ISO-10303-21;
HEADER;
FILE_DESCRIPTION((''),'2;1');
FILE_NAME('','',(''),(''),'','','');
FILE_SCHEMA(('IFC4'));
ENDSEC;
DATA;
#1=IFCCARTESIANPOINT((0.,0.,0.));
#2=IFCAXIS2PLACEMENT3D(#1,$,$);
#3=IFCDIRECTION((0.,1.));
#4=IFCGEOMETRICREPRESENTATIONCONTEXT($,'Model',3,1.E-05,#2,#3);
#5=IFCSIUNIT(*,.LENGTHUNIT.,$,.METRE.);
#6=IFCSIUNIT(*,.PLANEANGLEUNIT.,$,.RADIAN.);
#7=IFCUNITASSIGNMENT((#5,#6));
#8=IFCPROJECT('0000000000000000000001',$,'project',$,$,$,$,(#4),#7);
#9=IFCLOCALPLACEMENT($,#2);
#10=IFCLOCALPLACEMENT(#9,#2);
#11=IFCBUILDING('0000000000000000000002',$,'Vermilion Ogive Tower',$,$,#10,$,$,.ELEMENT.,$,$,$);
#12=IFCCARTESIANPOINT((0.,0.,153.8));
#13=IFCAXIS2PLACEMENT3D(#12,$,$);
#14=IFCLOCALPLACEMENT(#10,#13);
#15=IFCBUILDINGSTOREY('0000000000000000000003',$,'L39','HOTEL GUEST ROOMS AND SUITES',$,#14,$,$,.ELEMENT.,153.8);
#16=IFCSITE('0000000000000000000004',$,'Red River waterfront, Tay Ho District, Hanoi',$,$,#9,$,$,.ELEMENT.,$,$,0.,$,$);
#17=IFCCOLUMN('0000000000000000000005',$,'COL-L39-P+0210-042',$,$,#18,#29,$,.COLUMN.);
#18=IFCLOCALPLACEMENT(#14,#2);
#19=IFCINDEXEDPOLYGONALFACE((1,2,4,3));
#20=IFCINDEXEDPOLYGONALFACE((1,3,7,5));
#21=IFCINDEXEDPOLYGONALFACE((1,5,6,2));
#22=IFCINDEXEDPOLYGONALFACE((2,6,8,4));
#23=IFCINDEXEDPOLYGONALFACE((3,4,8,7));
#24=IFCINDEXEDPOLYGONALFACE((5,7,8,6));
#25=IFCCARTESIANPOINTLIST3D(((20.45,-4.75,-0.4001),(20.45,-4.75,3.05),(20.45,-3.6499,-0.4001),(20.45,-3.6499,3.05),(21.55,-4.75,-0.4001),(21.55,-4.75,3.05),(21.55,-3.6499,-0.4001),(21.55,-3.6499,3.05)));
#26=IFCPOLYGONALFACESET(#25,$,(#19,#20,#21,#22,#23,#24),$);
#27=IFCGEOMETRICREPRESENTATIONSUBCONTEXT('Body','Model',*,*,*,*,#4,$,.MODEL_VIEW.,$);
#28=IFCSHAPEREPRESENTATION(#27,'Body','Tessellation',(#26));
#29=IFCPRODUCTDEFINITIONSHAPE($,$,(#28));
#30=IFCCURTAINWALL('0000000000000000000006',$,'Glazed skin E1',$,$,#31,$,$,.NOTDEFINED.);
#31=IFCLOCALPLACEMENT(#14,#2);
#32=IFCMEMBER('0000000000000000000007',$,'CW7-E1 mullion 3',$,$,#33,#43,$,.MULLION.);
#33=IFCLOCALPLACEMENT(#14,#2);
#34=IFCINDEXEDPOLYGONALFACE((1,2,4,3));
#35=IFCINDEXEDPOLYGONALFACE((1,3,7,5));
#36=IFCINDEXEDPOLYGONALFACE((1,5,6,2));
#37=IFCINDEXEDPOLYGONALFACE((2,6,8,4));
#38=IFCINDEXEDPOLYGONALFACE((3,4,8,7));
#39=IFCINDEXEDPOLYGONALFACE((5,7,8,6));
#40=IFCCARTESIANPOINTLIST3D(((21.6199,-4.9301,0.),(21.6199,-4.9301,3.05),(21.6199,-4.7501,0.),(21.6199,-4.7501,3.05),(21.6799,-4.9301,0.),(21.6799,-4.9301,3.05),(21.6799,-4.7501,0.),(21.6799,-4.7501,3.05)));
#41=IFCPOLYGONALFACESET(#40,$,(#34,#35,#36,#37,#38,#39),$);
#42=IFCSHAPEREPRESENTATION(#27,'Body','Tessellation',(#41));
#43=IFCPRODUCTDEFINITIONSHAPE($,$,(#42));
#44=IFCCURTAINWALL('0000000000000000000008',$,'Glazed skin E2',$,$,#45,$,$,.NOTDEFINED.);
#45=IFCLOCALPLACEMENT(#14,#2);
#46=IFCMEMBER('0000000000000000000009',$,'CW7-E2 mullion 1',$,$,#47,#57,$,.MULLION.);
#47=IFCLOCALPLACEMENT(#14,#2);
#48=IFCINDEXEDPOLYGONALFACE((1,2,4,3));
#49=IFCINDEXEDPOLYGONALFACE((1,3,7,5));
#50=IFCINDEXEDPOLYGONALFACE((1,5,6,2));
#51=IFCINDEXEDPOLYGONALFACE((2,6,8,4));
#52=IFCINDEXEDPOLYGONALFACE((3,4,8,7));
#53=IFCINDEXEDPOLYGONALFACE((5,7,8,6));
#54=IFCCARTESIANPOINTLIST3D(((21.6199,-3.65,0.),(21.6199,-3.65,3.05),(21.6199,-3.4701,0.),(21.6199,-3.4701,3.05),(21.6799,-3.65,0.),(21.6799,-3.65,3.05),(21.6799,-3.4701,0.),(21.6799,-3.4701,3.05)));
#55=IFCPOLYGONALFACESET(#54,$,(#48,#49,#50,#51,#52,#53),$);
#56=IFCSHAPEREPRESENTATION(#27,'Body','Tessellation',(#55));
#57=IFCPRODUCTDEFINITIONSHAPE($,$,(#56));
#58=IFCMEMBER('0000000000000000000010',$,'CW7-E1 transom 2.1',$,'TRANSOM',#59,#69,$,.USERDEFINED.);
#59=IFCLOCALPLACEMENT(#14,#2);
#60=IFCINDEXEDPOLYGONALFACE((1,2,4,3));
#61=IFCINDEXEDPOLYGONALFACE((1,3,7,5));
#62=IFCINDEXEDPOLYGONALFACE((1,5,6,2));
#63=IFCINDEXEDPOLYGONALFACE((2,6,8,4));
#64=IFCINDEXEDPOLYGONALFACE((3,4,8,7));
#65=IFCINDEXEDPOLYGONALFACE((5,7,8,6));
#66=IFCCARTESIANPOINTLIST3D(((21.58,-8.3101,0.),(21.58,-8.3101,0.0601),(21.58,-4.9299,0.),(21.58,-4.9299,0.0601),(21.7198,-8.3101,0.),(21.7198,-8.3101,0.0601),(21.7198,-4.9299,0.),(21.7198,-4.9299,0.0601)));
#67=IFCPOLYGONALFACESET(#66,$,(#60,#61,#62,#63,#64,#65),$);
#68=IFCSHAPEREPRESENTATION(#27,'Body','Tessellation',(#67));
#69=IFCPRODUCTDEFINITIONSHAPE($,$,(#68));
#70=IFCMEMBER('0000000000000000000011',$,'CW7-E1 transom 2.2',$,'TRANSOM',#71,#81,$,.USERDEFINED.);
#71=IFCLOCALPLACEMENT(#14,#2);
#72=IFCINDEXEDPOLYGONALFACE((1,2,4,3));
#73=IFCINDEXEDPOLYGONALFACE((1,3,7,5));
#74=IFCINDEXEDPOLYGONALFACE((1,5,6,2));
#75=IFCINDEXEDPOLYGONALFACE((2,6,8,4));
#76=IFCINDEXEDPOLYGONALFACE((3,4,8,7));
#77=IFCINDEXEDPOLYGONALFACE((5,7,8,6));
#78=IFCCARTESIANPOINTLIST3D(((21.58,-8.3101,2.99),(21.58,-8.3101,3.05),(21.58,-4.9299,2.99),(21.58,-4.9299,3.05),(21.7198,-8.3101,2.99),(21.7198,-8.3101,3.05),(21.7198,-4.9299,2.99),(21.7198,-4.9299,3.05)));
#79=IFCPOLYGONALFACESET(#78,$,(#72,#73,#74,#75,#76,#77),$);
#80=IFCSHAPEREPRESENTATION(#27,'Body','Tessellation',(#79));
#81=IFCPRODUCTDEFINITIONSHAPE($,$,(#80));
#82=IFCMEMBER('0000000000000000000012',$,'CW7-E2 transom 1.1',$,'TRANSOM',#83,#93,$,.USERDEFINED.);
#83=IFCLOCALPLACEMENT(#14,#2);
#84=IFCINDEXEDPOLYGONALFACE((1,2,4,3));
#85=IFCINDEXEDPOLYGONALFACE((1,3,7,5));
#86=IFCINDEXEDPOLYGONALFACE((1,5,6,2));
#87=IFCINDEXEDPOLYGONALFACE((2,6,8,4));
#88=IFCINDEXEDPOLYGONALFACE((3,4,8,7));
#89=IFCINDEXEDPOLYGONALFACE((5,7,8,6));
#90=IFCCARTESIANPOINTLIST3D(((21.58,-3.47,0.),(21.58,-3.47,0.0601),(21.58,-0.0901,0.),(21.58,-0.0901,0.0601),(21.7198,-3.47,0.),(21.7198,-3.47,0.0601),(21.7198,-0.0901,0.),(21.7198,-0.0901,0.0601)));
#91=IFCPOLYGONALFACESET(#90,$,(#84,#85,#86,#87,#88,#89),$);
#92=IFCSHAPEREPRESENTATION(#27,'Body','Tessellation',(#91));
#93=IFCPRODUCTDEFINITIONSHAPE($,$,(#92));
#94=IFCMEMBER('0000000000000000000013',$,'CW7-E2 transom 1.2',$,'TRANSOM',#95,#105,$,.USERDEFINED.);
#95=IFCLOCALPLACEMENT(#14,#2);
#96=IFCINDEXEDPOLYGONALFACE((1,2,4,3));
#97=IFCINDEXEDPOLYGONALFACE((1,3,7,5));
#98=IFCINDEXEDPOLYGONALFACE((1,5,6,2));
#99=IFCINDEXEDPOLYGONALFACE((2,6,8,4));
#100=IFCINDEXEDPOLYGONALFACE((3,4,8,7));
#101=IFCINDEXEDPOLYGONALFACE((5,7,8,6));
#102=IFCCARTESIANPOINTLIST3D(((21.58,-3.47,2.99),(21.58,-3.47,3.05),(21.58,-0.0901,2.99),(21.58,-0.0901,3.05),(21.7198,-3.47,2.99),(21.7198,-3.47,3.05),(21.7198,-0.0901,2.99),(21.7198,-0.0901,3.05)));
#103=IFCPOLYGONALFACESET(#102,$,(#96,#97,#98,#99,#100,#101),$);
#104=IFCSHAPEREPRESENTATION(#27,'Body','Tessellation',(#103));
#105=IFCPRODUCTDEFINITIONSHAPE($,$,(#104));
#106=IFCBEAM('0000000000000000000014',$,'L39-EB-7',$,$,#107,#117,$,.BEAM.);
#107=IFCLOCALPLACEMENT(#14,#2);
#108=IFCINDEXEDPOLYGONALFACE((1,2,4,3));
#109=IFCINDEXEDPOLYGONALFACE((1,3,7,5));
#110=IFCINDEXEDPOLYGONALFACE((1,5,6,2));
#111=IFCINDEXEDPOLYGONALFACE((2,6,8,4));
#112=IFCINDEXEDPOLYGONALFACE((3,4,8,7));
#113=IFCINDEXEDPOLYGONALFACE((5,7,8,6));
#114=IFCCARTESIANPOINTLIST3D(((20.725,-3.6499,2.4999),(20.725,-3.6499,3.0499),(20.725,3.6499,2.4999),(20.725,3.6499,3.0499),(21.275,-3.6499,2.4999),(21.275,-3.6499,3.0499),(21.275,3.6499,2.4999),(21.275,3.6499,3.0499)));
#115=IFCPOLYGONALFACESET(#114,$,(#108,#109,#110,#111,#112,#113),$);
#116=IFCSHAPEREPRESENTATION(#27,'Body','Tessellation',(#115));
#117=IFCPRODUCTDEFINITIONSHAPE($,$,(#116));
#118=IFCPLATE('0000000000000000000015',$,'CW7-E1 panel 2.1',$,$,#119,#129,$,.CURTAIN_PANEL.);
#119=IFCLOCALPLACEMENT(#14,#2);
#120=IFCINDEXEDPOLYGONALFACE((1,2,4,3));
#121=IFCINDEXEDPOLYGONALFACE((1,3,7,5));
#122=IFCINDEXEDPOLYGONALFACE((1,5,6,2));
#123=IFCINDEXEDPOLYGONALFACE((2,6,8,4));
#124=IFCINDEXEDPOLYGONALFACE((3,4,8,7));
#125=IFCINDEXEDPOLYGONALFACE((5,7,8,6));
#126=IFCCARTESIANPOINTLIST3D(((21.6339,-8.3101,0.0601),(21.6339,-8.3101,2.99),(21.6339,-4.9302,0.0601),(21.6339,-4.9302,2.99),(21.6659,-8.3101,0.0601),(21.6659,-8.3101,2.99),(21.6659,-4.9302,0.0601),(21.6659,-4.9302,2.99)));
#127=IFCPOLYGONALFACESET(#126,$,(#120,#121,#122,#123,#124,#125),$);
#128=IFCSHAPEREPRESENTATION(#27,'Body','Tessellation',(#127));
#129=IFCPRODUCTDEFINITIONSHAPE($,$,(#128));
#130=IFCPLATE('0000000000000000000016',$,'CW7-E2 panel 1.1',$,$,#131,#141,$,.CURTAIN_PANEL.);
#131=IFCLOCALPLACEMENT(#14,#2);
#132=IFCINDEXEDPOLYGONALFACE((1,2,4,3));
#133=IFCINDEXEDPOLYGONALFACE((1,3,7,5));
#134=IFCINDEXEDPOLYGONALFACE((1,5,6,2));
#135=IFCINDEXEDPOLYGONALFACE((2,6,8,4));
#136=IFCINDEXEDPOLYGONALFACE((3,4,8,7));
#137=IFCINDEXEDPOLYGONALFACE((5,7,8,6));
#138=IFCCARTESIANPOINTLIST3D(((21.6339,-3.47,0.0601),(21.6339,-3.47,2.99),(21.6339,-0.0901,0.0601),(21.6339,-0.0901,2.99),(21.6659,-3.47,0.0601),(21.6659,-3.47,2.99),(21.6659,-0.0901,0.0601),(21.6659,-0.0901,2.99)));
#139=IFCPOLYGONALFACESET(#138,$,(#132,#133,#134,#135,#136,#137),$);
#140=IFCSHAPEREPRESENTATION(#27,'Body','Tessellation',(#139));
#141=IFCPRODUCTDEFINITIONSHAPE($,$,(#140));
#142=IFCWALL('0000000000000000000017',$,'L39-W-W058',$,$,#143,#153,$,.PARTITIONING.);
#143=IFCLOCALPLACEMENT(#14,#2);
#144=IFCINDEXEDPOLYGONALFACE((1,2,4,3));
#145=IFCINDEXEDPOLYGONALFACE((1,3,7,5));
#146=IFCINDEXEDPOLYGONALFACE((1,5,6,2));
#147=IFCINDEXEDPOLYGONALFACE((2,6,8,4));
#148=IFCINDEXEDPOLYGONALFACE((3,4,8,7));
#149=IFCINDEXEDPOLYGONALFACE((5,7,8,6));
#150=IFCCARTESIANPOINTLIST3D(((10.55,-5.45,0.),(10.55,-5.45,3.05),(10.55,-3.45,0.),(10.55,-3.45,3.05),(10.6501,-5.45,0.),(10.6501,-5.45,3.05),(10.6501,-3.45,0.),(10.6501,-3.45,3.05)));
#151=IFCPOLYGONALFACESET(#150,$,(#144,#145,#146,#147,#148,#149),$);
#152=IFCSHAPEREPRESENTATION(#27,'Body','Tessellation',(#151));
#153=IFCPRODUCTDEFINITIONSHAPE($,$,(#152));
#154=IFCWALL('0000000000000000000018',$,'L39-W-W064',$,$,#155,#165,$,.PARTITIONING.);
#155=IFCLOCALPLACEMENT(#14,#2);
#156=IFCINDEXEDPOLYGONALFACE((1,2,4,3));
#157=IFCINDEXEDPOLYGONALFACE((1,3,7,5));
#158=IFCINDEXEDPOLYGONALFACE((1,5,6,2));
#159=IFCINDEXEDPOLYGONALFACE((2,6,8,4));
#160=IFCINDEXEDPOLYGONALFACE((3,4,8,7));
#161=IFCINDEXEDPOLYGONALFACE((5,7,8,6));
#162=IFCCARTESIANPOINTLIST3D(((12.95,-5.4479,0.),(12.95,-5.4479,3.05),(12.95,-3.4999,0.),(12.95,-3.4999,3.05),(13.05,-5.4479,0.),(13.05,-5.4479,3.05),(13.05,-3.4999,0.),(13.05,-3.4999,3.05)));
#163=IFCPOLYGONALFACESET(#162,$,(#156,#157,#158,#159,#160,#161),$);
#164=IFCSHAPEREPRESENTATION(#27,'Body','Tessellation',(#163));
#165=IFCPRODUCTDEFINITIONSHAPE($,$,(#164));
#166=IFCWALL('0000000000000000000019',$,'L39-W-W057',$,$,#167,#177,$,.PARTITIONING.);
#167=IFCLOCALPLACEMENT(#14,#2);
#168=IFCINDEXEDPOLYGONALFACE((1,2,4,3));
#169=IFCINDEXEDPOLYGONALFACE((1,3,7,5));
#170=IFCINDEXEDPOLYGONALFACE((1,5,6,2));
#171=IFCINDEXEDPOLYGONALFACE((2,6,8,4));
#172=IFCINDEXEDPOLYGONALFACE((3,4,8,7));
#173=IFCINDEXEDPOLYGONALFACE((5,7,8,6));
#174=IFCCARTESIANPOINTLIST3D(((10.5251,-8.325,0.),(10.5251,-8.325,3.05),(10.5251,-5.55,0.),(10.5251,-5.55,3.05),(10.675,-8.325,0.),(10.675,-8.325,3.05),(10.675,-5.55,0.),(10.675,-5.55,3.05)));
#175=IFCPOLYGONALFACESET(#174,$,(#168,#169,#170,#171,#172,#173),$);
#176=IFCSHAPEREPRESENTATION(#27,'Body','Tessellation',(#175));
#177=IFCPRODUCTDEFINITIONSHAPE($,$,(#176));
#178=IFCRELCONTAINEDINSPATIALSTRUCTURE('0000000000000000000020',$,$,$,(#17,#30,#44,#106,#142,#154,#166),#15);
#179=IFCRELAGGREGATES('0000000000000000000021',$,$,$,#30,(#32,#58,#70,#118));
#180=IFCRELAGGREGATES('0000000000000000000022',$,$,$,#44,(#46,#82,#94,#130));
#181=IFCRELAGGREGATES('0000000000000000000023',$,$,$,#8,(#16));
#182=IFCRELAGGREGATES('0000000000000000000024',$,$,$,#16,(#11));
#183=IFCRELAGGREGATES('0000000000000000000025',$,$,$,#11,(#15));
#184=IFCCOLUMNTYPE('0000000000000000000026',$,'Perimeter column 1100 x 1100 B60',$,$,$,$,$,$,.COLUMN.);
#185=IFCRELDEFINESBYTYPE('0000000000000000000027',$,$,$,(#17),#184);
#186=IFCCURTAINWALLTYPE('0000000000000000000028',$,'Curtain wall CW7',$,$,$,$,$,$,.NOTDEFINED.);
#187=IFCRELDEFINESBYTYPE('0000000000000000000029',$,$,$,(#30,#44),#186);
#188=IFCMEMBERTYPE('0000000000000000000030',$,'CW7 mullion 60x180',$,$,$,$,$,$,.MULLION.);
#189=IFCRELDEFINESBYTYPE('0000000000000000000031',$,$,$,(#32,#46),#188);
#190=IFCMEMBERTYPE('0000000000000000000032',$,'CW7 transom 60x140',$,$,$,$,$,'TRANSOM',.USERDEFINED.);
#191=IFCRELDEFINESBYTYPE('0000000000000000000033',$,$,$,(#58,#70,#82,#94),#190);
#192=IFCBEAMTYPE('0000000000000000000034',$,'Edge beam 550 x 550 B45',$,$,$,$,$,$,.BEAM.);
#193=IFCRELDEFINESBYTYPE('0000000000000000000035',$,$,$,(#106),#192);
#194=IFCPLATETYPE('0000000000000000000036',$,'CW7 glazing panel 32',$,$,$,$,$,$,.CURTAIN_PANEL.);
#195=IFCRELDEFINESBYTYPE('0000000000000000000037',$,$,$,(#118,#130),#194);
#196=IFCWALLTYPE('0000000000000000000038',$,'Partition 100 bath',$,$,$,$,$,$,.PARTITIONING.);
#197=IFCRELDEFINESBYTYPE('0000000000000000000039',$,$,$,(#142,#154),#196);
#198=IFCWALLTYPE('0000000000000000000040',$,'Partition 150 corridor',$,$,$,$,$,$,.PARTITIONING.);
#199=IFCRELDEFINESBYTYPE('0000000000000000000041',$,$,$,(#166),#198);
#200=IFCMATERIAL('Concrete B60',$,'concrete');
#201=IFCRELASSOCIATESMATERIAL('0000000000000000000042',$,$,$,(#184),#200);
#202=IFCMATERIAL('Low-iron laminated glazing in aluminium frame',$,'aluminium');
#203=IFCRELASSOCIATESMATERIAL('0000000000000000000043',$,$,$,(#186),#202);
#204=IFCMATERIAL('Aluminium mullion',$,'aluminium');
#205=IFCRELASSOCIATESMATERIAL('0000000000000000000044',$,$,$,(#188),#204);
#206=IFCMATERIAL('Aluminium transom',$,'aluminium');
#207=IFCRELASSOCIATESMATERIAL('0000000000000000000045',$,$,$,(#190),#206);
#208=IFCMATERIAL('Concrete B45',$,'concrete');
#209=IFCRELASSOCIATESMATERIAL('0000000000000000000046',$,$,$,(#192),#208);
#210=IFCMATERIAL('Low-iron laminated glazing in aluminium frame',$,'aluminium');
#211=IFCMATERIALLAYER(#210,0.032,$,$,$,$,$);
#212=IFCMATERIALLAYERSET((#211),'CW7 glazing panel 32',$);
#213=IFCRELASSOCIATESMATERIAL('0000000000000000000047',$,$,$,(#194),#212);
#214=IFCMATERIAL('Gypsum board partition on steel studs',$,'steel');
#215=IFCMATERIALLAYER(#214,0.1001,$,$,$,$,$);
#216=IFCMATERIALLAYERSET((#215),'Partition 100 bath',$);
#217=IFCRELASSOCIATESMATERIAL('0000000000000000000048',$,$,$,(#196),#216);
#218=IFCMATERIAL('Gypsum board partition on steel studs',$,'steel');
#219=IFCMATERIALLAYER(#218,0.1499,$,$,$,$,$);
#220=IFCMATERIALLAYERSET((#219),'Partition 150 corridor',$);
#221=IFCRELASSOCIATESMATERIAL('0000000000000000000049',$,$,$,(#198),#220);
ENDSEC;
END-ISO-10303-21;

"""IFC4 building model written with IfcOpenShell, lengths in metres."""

from ifc_helpers import new_model, si_unit, direction, frame, frame_2d, origin, origin_2d, place, context, subcontext, project, spatial, rectangle, extrude, material, layer, layer_set, material_profile, profile_set, type_object, element, aggregate, save


model = new_model("IFC4")

# Units and contexts
model_context = context("Model", 3, precision=1e-05, world=origin(), true_north=direction((0.0, 1.0)))
body_context = subcontext(model_context, "Body", "Model", "MODEL_VIEW")
ifc_project = project(units=[si_unit("LENGTHUNIT", "METRE"), si_unit("PLANEANGLEUNIT", "RADIAN")], contexts=[model_context])

# Site, building, storey
site_placement = place(None, origin())
site = spatial("IfcSite", under=ifc_project, at=site_placement, Name="Red River waterfront, Tay Ho District, Hanoi", CompositionType="ELEMENT", RefElevation=0.0)
building_placement = place(site_placement, origin())
building = spatial("IfcBuilding", under=site, at=building_placement, Name="Vermilion Ogive Tower", CompositionType="ELEMENT")
storey_placement = place(building_placement, frame((0.0, 0.0, 153.8)))
storey = spatial("IfcBuildingStorey", under=building, at=storey_placement, Name="L39", Description="HOTEL GUEST ROOMS AND SUITES", CompositionType="ELEMENT", Elevation=153.8)

# Column
ifc_material_1 = material(Name="Concrete B60", Category="concrete")
ifc_material_profile_1 = material_profile(ifc_material_1, rectangle(XDim=1.1001, YDim=1.1001, at=origin_2d()), Name="1100 x 1100")
ifc_profile_set_1 = profile_set([ifc_material_profile_1], Name="Concrete B60")
column_type = type_object("IfcColumnType", Name="Perimeter column 1100 x 1100 B60", PredefinedType="COLUMN", material=ifc_profile_set_1)
column_placement = place(storey_placement, frame((21.0, -4.2, -0.4001), z_axis=(0.0, 0.0, 1.0), x_axis=(1.0, 0.0, 0.0)))
element("IfcColumn", 1, at=column_placement, inside=storey, type_object=column_type, Name="COL-L39-P+0210-042", PredefinedType="COLUMN", context=body_context, shape_type="SweptSolid", body=[
    extrude(rectangle(XDim=1.1001, YDim=1.1001, at=origin_2d()), origin(), (0.0, 0.0, 1.0), 3.4502),
])

# Curtain walls, members
ifc_material_2 = material(Name="Low-iron laminated glazing in aluminium frame", Category="aluminium")
curtain_wall_type = type_object("IfcCurtainWallType", Name="Curtain wall CW7", PredefinedType="NOTDEFINED", material=ifc_material_2)
curtain_wall_1_placement = place(storey_placement, origin())
curtain_wall_1 = element("IfcCurtainWall", 2, at=curtain_wall_1_placement, inside=storey, type_object=curtain_wall_type, Name="Glazed skin E1", PredefinedType="NOTDEFINED")
ifc_material_3 = material(Name="Aluminium mullion", Category="aluminium")
ifc_material_profile_2 = material_profile(ifc_material_3, rectangle(XDim=0.0601, YDim=0.1799, at=origin_2d()), Name="AL 60x180")
ifc_profile_set_2 = profile_set([ifc_material_profile_2], Name="Aluminium mullion")
member_type_1 = type_object("IfcMemberType", Name="CW7 mullion 60x180", PredefinedType="MULLION", material=ifc_profile_set_2)
member_1_placement = place(storey_placement, frame((21.6499, -4.8401, 0.0), z_axis=(0.0, 0.0, 1.0), x_axis=(-1.0, 0.0, 0.0)))
member_1 = element("IfcMember", 3, at=member_1_placement, type_object=member_type_1, Name="CW7-E1 mullion 3", PredefinedType="MULLION", context=body_context, shape_type="SweptSolid", body=[
    extrude(rectangle(XDim=0.0601, YDim=0.1799, at=origin_2d()), origin(), (0.0, 0.0, 1.0), 3.05),
])
curtain_wall_2_placement = place(storey_placement, origin())
curtain_wall_2 = element("IfcCurtainWall", 4, at=curtain_wall_2_placement, inside=storey, type_object=curtain_wall_type, Name="Glazed skin E2", PredefinedType="NOTDEFINED")
member_2_placement = place(storey_placement, frame((21.6499, -3.5601, 0.0), z_axis=(0.0, 0.0, 1.0), x_axis=(-1.0, 0.0, 0.0)))
member_2 = element("IfcMember", 5, at=member_2_placement, type_object=member_type_1, Name="CW7-E2 mullion 1", PredefinedType="MULLION", context=body_context, shape_type="SweptSolid", body=[
    extrude(rectangle(XDim=0.0601, YDim=0.1799, at=origin_2d()), origin(), (0.0, 0.0, 1.0), 3.05),
])

# Members
ifc_material_4 = material(Name="Aluminium transom", Category="aluminium")
ifc_material_profile_3 = material_profile(ifc_material_4, rectangle(XDim=0.1399, YDim=0.0601, at=origin_2d()), Name="AL 60x140")
ifc_profile_set_3 = profile_set([ifc_material_profile_3], Name="Aluminium transom")
member_type_2 = type_object("IfcMemberType", Name="CW7 transom 60x140", ElementType="TRANSOM", PredefinedType="USERDEFINED", material=ifc_profile_set_3)
member_3_placement = place(storey_placement, frame((21.6499, -8.3101, 0.03), z_axis=(0.0, 1.0, 0.0), x_axis=(-1.0, 0.0, 0.0)))
member_3 = element("IfcMember", 6, at=member_3_placement, type_object=member_type_2, Name="CW7-E1 transom 2.1", ObjectType="TRANSOM", PredefinedType="USERDEFINED", context=body_context, shape_type="SweptSolid", body=[
    extrude(rectangle(XDim=0.1399, YDim=0.0601, at=origin_2d()), origin(), (0.0, 0.0, 1.0), 3.3801),
])
member_4_placement = place(storey_placement, frame((21.6499, -8.3101, 3.02), z_axis=(0.0, 1.0, 0.0), x_axis=(-1.0, 0.0, 0.0)))
member_4 = element("IfcMember", 7, at=member_4_placement, type_object=member_type_2, Name="CW7-E1 transom 2.2", ObjectType="TRANSOM", PredefinedType="USERDEFINED", context=body_context, shape_type="SweptSolid", body=[
    extrude(rectangle(XDim=0.1399, YDim=0.0601, at=origin_2d()), origin(), (0.0, 0.0, 1.0), 3.3801),
])
member_5_placement = place(storey_placement, frame((21.6499, -3.47, 0.03), z_axis=(0.0, 1.0, 0.0), x_axis=(-1.0, 0.0, 0.0)))
member_5 = element("IfcMember", 8, at=member_5_placement, type_object=member_type_2, Name="CW7-E2 transom 1.1", ObjectType="TRANSOM", PredefinedType="USERDEFINED", context=body_context, shape_type="SweptSolid", body=[
    extrude(rectangle(XDim=0.1399, YDim=0.0601, at=origin_2d()), origin(), (0.0, 0.0, 1.0), 3.3799),
])
member_6_placement = place(storey_placement, frame((21.6499, -3.47, 3.02), z_axis=(0.0, 1.0, 0.0), x_axis=(-1.0, 0.0, 0.0)))
member_6 = element("IfcMember", 9, at=member_6_placement, type_object=member_type_2, Name="CW7-E2 transom 1.2", ObjectType="TRANSOM", PredefinedType="USERDEFINED", context=body_context, shape_type="SweptSolid", body=[
    extrude(rectangle(XDim=0.1399, YDim=0.0601, at=origin_2d()), origin(), (0.0, 0.0, 1.0), 3.3799),
])

# Beam
ifc_material_5 = material(Name="Concrete B45", Category="concrete")
ifc_material_profile_4 = material_profile(ifc_material_5, rectangle(XDim=0.55, YDim=0.55, at=origin_2d()), Name="550 x 550")
ifc_profile_set_4 = profile_set([ifc_material_profile_4], Name="Concrete B45")
beam_type = type_object("IfcBeamType", Name="Edge beam 550 x 550 B45", PredefinedType="BEAM", material=ifc_profile_set_4)
beam_placement = place(storey_placement, frame((21.0, -3.6499, 2.7749), z_axis=(0.0, 1.0, 0.0), x_axis=(-1.0, 0.0, 0.0)))
element("IfcBeam", 10, at=beam_placement, inside=storey, type_object=beam_type, Name="L39-EB-7", PredefinedType="BEAM", context=body_context, shape_type="SweptSolid", body=[
    extrude(rectangle(XDim=0.55, YDim=0.55, at=origin_2d()), origin(), (0.0, 0.0, 1.0), 7.2998),
])

# Plates
ifc_material_6 = material(Name="Low-iron laminated glazing in aluminium frame", Category="aluminium")
ifc_layer_1 = layer(ifc_material_6, 0.032)
ifc_layer_set_1 = layer_set([ifc_layer_1], Name="CW7 glazing panel 32")
plate_type = type_object("IfcPlateType", Name="CW7 glazing panel 32", PredefinedType="CURTAIN_PANEL", material=ifc_layer_set_1)
plate_1_placement = place(storey_placement, frame((21.6499, -6.6201, 0.0601), z_axis=(0.0, 0.0, 1.0), x_axis=(0.0, 1.0, 0.0)))
plate_1 = element("IfcPlate", 11, at=plate_1_placement, type_object=plate_type, Name="CW7-E1 panel 2.1", PredefinedType="CURTAIN_PANEL", context=body_context, shape_type="SweptSolid", body=[
    extrude(rectangle(XDim=3.3799, YDim=0.032, at=origin_2d()), origin(), (0.0, 0.0, 1.0), 2.9299),
])
aggregate(curtain_wall_1, [member_1, member_3, member_4, plate_1])
plate_2_placement = place(storey_placement, frame((21.6499, -1.78, 0.0601), z_axis=(0.0, 0.0, 1.0), x_axis=(0.0, 1.0, 0.0)))
plate_2 = element("IfcPlate", 12, at=plate_2_placement, type_object=plate_type, Name="CW7-E2 panel 1.1", PredefinedType="CURTAIN_PANEL", context=body_context, shape_type="SweptSolid", body=[
    extrude(rectangle(XDim=3.3799, YDim=0.032, at=origin_2d()), origin(), (0.0, 0.0, 1.0), 2.9299),
])
aggregate(curtain_wall_2, [member_2, member_5, member_6, plate_2])

# Walls
ifc_material_7 = material(Name="Gypsum board partition on steel studs", Category="steel")
ifc_layer_2 = layer(ifc_material_7, 0.1001)
ifc_layer_set_2 = layer_set([ifc_layer_2], Name="Partition 100 bath")
wall_type_1 = type_object("IfcWallType", Name="Partition 100 bath", PredefinedType="PARTITIONING", material=ifc_layer_set_2)
wall_1_placement = place(storey_placement, frame((10.6001, -5.45, 0.0), z_axis=(0.0, 0.0, 1.0), x_axis=(0.0, 1.0, 0.0)))
element("IfcWall", 13, at=wall_1_placement, inside=storey, type_object=wall_type_1, Name="L39-W-W058", PredefinedType="PARTITIONING", context=body_context, shape_type="SweptSolid", body=[
    extrude(rectangle(XDim=2.0, YDim=0.1001, at=frame_2d((1.0, 0.0))), origin(), (0.0, 0.0, 1.0), 3.05),
])
wall_2_placement = place(storey_placement, frame((13.0, -5.448, 0.0), z_axis=(0.0, 0.0, 1.0), x_axis=(0.0, 1.0, 0.0)))
element("IfcWall", 14, at=wall_2_placement, inside=storey, type_object=wall_type_1, Name="L39-W-W064", PredefinedType="PARTITIONING", context=body_context, shape_type="SweptSolid", body=[
    extrude(rectangle(XDim=1.948, YDim=0.1001, at=frame_2d((0.9741, 0.0))), origin(), (0.0, 0.0, 1.0), 3.05),
])
ifc_material_8 = material(Name="Gypsum board partition on steel studs", Category="steel")
ifc_layer_3 = layer(ifc_material_8, 0.1499)
ifc_layer_set_3 = layer_set([ifc_layer_3], Name="Partition 150 corridor")
wall_type_2 = type_object("IfcWallType", Name="Partition 150 corridor", PredefinedType="PARTITIONING", material=ifc_layer_set_3)
wall_3_placement = place(storey_placement, frame((10.6001, -8.325, 0.0), z_axis=(0.0, 0.0, 1.0), x_axis=(0.0, 1.0, 0.0)))
element("IfcWall", 15, at=wall_3_placement, inside=storey, type_object=wall_type_2, Name="L39-W-W057", PredefinedType="PARTITIONING", context=body_context, shape_type="SweptSolid", body=[
    extrude(rectangle(XDim=2.7749, YDim=0.1499, at=frame_2d((1.3875, 0.0))), origin(), (0.0, 0.0, 1.0), 3.05),
])

save(model, "model.ifc")
